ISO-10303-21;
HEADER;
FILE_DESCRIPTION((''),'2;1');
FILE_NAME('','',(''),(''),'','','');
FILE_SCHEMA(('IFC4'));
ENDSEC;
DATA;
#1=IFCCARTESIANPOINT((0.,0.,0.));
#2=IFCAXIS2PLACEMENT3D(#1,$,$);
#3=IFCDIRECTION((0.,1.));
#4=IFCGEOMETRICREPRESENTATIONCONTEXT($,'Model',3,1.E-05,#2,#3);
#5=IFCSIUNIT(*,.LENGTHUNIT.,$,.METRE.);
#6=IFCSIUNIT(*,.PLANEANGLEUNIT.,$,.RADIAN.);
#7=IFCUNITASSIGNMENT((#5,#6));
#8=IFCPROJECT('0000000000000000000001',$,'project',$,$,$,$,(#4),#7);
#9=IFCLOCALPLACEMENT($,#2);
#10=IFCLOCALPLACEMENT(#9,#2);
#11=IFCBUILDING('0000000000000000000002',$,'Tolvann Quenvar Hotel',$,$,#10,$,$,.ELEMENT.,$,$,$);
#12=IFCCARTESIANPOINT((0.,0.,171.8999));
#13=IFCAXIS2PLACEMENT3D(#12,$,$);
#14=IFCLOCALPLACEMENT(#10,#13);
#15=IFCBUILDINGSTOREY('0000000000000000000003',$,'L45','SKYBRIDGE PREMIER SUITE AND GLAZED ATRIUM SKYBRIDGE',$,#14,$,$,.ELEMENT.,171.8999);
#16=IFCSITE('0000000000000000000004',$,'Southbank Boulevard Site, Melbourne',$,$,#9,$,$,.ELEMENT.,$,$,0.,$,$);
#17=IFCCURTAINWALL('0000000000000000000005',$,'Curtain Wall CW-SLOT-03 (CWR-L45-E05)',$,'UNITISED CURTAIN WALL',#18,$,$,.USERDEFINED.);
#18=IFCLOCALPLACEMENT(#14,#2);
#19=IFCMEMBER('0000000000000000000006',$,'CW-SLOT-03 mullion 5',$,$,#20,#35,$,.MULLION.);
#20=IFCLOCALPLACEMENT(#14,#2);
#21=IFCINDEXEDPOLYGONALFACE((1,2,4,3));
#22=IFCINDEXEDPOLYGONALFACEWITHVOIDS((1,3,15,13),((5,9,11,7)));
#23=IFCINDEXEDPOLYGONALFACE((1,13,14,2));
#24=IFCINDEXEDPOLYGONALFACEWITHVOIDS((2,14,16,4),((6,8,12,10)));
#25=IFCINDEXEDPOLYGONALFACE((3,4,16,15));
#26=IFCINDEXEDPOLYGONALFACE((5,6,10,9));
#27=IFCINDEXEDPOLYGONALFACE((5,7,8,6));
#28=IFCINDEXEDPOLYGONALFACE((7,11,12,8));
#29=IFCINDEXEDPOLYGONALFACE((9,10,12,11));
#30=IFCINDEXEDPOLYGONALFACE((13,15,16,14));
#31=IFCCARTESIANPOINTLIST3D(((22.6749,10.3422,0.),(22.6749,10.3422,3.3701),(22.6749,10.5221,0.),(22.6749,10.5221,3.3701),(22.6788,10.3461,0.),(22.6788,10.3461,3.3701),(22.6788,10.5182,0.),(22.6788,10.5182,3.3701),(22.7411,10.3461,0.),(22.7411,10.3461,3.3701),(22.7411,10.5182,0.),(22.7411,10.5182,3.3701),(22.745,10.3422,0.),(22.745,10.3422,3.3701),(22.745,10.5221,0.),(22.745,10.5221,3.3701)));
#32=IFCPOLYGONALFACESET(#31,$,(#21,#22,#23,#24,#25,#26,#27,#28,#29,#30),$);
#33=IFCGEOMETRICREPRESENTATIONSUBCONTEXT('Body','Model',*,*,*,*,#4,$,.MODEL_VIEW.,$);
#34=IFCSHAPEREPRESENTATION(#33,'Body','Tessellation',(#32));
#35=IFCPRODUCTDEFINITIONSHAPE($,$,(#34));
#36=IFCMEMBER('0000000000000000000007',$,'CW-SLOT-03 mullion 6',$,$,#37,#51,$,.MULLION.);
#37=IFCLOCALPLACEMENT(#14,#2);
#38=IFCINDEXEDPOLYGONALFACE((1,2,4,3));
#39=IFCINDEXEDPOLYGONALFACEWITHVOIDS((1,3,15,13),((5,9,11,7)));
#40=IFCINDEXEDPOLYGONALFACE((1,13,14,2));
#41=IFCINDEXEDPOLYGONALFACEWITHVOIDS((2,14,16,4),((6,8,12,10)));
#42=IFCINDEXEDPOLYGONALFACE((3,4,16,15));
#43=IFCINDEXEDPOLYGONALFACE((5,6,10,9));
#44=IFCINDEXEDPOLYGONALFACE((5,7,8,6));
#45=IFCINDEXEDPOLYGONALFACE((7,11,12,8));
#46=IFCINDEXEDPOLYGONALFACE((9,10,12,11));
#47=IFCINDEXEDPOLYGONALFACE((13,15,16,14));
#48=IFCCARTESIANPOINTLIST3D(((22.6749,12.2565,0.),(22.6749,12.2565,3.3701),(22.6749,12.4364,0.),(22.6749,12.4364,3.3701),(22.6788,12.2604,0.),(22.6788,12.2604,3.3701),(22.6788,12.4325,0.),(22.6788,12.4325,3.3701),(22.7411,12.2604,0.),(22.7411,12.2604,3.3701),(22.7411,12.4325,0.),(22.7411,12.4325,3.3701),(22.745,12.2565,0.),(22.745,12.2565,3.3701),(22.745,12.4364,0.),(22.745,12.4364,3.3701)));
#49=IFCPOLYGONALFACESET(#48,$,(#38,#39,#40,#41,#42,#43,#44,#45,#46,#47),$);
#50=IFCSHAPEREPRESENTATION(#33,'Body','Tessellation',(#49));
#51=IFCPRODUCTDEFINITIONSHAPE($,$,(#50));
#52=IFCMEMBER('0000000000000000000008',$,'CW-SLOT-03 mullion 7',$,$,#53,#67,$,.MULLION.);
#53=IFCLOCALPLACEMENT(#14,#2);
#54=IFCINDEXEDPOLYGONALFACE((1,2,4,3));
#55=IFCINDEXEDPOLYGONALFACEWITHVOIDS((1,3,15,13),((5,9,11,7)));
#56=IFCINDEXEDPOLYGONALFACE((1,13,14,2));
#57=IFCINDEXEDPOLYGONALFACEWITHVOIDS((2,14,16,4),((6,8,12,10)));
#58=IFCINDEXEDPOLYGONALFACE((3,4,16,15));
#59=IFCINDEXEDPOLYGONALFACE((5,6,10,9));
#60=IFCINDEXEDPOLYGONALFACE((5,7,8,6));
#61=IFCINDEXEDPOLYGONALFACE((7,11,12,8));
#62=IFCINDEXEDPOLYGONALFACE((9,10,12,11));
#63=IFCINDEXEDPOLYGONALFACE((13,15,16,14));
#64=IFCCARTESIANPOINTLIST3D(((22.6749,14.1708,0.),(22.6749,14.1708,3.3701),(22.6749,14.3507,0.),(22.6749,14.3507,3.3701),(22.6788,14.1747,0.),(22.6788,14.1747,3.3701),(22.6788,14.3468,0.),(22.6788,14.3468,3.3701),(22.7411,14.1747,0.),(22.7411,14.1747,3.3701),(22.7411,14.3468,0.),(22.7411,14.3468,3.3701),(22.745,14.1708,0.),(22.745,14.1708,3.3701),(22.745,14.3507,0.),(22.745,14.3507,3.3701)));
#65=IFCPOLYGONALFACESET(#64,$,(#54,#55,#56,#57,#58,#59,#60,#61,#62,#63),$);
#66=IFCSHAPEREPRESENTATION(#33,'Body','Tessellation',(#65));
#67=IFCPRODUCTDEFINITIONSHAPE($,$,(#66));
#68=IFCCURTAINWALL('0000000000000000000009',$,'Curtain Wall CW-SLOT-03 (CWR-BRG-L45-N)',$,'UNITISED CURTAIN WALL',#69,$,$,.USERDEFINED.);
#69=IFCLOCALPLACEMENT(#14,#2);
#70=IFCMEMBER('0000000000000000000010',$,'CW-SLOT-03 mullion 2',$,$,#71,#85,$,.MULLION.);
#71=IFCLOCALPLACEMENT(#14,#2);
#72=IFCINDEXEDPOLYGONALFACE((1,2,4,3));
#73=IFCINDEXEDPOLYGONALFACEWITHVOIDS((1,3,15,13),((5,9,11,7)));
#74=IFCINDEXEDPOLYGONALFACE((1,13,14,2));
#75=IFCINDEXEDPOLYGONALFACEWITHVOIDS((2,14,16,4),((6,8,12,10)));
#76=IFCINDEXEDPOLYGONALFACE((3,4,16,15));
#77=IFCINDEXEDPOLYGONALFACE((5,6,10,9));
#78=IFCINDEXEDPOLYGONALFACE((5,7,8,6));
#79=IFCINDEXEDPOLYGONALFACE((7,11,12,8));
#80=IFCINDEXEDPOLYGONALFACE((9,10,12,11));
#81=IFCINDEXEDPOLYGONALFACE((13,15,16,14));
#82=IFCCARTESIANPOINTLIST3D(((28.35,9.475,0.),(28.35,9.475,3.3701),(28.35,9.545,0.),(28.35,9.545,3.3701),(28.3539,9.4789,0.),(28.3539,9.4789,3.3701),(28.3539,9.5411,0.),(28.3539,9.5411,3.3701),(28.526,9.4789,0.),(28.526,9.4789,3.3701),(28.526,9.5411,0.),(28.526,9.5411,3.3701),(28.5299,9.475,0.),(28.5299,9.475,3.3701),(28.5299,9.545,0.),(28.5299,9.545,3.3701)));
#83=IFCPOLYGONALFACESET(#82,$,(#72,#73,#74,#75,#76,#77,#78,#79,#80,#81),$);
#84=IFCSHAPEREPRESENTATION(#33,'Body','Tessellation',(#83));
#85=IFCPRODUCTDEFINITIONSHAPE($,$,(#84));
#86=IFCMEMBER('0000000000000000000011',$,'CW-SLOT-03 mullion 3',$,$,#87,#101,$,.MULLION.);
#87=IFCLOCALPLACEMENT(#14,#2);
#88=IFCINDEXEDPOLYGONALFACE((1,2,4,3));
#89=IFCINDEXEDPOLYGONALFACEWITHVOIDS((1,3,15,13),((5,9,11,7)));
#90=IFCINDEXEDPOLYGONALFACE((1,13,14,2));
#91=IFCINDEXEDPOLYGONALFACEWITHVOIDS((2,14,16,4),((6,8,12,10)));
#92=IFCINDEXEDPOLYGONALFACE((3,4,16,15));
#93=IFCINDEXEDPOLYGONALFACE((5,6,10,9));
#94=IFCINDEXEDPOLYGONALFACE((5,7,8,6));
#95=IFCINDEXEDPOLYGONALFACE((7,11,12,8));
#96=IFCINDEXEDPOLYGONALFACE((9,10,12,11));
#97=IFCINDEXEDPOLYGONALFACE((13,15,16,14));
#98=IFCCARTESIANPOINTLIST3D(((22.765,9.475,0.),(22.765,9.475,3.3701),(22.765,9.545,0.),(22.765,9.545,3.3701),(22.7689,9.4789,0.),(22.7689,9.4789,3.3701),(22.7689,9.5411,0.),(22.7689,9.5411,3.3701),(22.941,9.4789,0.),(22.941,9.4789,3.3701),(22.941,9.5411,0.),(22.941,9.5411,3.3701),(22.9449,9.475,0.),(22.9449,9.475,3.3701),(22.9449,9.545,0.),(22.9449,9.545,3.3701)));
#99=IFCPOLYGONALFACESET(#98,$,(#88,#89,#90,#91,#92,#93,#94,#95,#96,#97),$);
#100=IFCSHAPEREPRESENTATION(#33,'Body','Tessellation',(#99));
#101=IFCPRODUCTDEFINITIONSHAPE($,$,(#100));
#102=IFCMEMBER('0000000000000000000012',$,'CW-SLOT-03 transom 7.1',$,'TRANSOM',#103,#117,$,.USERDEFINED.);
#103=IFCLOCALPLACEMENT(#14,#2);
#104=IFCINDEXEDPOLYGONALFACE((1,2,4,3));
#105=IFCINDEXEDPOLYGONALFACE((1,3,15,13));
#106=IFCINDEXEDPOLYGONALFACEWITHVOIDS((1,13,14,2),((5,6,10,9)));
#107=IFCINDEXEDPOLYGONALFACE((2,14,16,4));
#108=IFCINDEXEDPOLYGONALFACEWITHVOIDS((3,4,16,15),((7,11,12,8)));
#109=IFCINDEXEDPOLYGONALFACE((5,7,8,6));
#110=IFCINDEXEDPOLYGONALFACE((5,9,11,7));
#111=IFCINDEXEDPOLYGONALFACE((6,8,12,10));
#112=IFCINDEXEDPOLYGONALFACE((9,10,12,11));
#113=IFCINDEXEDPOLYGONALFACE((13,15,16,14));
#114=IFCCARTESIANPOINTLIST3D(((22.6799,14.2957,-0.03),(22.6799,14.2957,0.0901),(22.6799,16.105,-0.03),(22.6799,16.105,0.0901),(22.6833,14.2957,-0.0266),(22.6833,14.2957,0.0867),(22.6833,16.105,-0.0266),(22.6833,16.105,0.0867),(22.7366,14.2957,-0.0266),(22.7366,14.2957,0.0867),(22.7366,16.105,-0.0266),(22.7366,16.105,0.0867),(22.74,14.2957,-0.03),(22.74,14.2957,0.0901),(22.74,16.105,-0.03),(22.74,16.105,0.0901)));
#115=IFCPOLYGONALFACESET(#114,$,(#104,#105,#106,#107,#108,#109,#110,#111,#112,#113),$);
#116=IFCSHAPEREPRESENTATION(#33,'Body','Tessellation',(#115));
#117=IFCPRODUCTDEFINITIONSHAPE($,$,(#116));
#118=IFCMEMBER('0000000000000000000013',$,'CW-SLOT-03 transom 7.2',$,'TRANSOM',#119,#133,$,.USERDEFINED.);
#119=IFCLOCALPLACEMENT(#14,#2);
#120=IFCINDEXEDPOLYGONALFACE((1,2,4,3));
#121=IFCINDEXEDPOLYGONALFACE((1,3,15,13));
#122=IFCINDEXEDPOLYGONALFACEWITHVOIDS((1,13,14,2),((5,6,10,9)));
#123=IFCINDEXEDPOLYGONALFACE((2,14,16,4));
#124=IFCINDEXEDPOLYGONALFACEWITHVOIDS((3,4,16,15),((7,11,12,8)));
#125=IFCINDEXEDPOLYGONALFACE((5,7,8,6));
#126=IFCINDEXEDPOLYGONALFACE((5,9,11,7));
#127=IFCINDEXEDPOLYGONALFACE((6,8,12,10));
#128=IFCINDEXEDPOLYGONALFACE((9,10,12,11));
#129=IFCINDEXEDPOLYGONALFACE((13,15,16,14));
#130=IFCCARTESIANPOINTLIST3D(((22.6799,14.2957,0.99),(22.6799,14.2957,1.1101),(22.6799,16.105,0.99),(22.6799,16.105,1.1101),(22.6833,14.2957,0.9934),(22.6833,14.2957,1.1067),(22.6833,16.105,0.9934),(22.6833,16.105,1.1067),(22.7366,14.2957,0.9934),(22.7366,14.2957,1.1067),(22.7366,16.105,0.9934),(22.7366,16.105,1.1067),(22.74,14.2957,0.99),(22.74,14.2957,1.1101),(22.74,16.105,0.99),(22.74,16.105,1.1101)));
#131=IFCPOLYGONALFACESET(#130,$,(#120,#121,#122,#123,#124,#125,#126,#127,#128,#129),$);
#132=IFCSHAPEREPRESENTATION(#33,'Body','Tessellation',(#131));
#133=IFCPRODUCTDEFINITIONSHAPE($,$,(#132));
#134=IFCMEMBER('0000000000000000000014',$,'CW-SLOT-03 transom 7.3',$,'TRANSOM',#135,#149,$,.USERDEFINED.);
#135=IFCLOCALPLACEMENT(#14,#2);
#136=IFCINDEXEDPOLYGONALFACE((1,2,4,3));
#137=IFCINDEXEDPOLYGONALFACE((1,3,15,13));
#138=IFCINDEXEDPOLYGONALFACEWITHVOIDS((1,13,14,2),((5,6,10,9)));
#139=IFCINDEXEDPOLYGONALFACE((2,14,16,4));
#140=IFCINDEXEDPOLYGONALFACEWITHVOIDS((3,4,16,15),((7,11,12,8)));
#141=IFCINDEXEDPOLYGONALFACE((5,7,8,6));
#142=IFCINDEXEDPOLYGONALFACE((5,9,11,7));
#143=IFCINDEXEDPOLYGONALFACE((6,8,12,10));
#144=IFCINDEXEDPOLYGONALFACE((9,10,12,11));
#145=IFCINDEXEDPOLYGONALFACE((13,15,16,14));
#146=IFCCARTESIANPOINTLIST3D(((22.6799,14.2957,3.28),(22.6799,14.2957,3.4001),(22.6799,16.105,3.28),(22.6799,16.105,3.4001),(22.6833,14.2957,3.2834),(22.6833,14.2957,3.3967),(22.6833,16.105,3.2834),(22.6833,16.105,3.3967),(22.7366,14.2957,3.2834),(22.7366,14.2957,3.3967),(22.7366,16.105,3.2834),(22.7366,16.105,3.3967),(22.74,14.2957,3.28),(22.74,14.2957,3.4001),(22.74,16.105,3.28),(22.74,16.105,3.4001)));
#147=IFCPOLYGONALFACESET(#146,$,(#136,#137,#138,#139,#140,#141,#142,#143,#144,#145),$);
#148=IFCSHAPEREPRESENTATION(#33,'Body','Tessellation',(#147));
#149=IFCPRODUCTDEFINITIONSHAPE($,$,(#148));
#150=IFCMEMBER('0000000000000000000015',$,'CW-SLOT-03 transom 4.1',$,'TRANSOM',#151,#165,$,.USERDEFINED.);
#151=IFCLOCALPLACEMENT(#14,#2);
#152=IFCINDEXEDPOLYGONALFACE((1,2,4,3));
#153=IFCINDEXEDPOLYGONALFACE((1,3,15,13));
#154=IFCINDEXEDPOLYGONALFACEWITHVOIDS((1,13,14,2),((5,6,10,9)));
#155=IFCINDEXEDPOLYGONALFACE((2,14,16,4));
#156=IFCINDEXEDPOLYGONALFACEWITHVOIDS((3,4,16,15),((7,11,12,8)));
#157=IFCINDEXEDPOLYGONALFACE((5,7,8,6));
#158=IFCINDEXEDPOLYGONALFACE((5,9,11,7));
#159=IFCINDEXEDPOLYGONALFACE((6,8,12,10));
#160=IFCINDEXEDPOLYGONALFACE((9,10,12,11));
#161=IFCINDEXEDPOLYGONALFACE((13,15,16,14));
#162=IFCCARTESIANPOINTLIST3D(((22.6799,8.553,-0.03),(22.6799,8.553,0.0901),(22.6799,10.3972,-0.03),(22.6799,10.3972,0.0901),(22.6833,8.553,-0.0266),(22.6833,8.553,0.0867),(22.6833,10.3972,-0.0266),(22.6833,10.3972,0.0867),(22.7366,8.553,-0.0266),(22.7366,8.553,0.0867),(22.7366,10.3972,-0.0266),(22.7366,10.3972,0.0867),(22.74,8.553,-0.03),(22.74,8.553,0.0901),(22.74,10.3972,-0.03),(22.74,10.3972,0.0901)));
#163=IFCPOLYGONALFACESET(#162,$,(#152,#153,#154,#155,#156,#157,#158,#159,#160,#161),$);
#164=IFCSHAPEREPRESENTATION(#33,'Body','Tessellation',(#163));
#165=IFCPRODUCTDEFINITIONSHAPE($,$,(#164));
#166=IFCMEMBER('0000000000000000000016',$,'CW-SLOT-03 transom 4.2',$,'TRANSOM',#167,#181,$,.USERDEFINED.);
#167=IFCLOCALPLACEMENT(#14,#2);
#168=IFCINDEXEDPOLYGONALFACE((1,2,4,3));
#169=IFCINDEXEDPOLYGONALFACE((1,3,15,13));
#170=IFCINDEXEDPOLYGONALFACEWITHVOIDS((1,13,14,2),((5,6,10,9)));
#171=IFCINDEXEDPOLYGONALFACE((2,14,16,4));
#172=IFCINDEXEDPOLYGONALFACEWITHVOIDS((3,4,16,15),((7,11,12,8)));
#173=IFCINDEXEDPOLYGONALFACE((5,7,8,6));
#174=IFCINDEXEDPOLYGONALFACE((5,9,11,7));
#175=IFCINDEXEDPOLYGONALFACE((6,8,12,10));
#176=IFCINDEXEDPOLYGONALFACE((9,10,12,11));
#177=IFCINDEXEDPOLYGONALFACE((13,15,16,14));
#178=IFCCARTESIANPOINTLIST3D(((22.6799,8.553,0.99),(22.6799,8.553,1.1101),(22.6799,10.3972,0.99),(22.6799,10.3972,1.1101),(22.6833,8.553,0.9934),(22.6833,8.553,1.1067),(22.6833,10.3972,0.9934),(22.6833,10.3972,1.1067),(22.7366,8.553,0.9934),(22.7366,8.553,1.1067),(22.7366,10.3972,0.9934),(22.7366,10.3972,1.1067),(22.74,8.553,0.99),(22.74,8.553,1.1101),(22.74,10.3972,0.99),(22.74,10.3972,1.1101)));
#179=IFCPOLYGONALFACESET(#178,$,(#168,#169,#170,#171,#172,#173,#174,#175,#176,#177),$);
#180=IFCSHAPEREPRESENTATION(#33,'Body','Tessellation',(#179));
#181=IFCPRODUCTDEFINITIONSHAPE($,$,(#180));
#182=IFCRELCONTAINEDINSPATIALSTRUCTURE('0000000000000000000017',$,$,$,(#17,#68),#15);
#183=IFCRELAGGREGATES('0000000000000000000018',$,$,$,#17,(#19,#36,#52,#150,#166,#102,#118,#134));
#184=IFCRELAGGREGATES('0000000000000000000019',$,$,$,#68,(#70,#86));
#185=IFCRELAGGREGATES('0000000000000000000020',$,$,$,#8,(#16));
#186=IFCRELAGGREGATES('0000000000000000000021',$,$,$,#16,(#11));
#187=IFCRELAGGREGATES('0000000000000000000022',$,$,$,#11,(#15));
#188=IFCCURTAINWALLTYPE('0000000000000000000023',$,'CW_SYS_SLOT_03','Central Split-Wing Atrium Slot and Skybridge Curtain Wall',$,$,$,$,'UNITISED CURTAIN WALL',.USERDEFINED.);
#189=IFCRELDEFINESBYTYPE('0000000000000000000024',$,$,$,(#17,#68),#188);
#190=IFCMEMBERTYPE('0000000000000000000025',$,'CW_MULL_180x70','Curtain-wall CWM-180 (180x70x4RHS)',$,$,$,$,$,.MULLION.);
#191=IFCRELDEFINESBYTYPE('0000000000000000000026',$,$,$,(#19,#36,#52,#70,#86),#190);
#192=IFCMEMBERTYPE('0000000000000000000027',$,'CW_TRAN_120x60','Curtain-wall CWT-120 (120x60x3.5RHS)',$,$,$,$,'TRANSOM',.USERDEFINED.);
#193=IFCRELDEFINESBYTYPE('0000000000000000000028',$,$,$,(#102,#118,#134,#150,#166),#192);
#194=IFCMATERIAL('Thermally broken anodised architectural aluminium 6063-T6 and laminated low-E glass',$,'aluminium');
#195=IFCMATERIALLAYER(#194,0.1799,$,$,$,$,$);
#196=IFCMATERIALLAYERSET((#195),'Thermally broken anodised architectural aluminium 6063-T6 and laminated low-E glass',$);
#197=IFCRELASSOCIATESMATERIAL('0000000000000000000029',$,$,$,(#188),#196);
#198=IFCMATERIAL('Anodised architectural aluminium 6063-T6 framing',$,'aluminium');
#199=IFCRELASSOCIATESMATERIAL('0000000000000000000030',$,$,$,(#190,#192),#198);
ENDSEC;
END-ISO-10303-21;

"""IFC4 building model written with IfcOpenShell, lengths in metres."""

from ifc_helpers import new_model, si_unit, direction, frame, origin, origin_2d, place, context, subcontext, project, spatial, hollow_rectangle, extrude, source, transform, mapped, material, layer, layer_set, material_profile, profile_set, type_object, type_shapes, element, aggregate, save


model = new_model("IFC4")

# Units and contexts
model_context = context("Model", 3, precision=1e-05, world=origin(), true_north=direction((0.0, 1.0)))
body_context = subcontext(model_context, "Body", "Model", "MODEL_VIEW")
ifc_project = project(units=[si_unit("LENGTHUNIT", "METRE"), si_unit("PLANEANGLEUNIT", "RADIAN")], contexts=[model_context])

# Site, building, storey
site_placement = place(None, origin())
site = spatial("IfcSite", under=ifc_project, at=site_placement, Name="Southbank Boulevard Site, Melbourne", CompositionType="ELEMENT", RefElevation=0.0)
building_placement = place(site_placement, origin())
building = spatial("IfcBuilding", under=site, at=building_placement, Name="Tolvann Quenvar Hotel", CompositionType="ELEMENT")
storey_placement = place(building_placement, frame((0.0, 0.0, 171.8999)))
storey = spatial("IfcBuildingStorey", under=building, at=storey_placement, Name="L45", Description="SKYBRIDGE PREMIER SUITE AND GLAZED ATRIUM SKYBRIDGE", CompositionType="ELEMENT", Elevation=171.8999)

# Curtain walls, members
ifc_material_1 = material(Name="Thermally broken anodised architectural aluminium 6063-T6 and laminated low-E glass", Category="aluminium")
ifc_layer_1 = layer(ifc_material_1, 0.1799)
ifc_layer_set_1 = layer_set([ifc_layer_1], Name="Thermally broken anodised architectural aluminium 6063-T6 and laminated low-E glass")
curtain_wall_type = type_object("IfcCurtainWallType", Name="CW_SYS_SLOT_03", Description="Central Split-Wing Atrium Slot and Skybridge Curtain Wall", ElementType="UNITISED CURTAIN WALL", PredefinedType="USERDEFINED", material=ifc_layer_set_1)
curtain_wall_1_placement = place(storey_placement, origin())
curtain_wall_1 = element("IfcCurtainWall", 1, at=curtain_wall_1_placement, inside=storey, type_object=curtain_wall_type, Name="Curtain Wall CW-SLOT-03 (CWR-L45-E05)", ObjectType="UNITISED CURTAIN WALL", PredefinedType="USERDEFINED")
ifc_material_2 = material(Name="Anodised architectural aluminium 6063-T6 framing", Category="aluminium")
ifc_material_profile_1 = material_profile(ifc_material_2, hollow_rectangle(XDim=0.0701, YDim=0.1799, WallThickness=0.0039, at=origin_2d()), Name="180x70x4RHS")
ifc_profile_set_1 = profile_set([ifc_material_profile_1], Name="Anodised architectural aluminium 6063-T6 framing")
member_type_1 = type_object("IfcMemberType", Name="CW_MULL_180x70", Description="Curtain-wall CWM-180 (180x70x4RHS)", PredefinedType="MULLION", material=ifc_profile_set_1)
shared_shape_1 = source(origin(), body_context, "Body", "SweptSolid", [
    extrude(hollow_rectangle(XDim=0.0701, YDim=0.1799, WallThickness=0.0039, at=origin_2d()), origin(), (0.0, 0.0, 1.0), 3.3701),
])
type_shapes(member_type_1, [shared_shape_1])
member_1_placement = place(storey_placement, frame((22.71, 10.4321, 0.0), z_axis=(0.0, 0.0, 1.0), x_axis=(-1.0, 0.0, 0.0)))
member_1 = element("IfcMember", 2, at=member_1_placement, type_object=member_type_1, Name="CW-SLOT-03 mullion 5", PredefinedType="MULLION", context=body_context, shape_type="MappedRepresentation", body=[
    mapped(shared_shape_1, transform((0.0, 0.0, 0.0), x_axis=(1.0, 0.0, 0.0), y_axis=(0.0, 1.0, 0.0), z_axis=(0.0, 0.0, 1.0), scale=1.0)),
])
member_2_placement = place(storey_placement, frame((22.71, 12.3464, 0.0), z_axis=(0.0, 0.0, 1.0), x_axis=(-1.0, 0.0, 0.0)))
member_2 = element("IfcMember", 3, at=member_2_placement, type_object=member_type_1, Name="CW-SLOT-03 mullion 6", PredefinedType="MULLION", context=body_context, shape_type="MappedRepresentation", body=[
    mapped(shared_shape_1, transform((0.0, 0.0, 0.0), x_axis=(1.0, 0.0, 0.0), y_axis=(0.0, 1.0, 0.0), z_axis=(0.0, 0.0, 1.0), scale=1.0)),
])
member_3_placement = place(storey_placement, frame((22.71, 14.2607, 0.0), z_axis=(0.0, 0.0, 1.0), x_axis=(-1.0, 0.0, 0.0)))
member_3 = element("IfcMember", 4, at=member_3_placement, type_object=member_type_1, Name="CW-SLOT-03 mullion 7", PredefinedType="MULLION", context=body_context, shape_type="MappedRepresentation", body=[
    mapped(shared_shape_1, transform((0.0, 0.0, 0.0), x_axis=(1.0, 0.0, 0.0), y_axis=(0.0, 1.0, 0.0), z_axis=(0.0, 0.0, 1.0), scale=1.0)),
])
curtain_wall_2_placement = place(storey_placement, origin())
curtain_wall_2 = element("IfcCurtainWall", 5, at=curtain_wall_2_placement, inside=storey, type_object=curtain_wall_type, Name="Curtain Wall CW-SLOT-03 (CWR-BRG-L45-N)", ObjectType="UNITISED CURTAIN WALL", PredefinedType="USERDEFINED")
member_4_placement = place(storey_placement, frame((28.4399, 9.51, 0.0), z_axis=(0.0, 0.0, 1.0), x_axis=(0.0, -1.0, 0.0)))
member_4 = element("IfcMember", 6, at=member_4_placement, type_object=member_type_1, Name="CW-SLOT-03 mullion 2", PredefinedType="MULLION", context=body_context, shape_type="MappedRepresentation", body=[
    mapped(shared_shape_1, transform((0.0, 0.0, 0.0), x_axis=(1.0, 0.0, 0.0), y_axis=(0.0, 1.0, 0.0), z_axis=(0.0, 0.0, 1.0), scale=1.0)),
])
member_5_placement = place(storey_placement, frame((22.855, 9.51, 0.0), z_axis=(0.0, 0.0, 1.0), x_axis=(0.0, -1.0, 0.0)))
member_5 = element("IfcMember", 7, at=member_5_placement, type_object=member_type_1, Name="CW-SLOT-03 mullion 3", PredefinedType="MULLION", context=body_context, shape_type="MappedRepresentation", body=[
    mapped(shared_shape_1, transform((0.0, 0.0, 0.0), x_axis=(1.0, 0.0, 0.0), y_axis=(0.0, 1.0, 0.0), z_axis=(0.0, 0.0, 1.0), scale=1.0)),
])

# Members
ifc_material_profile_2 = material_profile(ifc_material_2, hollow_rectangle(XDim=0.0601, YDim=0.1201, WallThickness=0.0034, at=origin_2d()), Name="120x60x3.5RHS")
ifc_profile_set_2 = profile_set([ifc_material_profile_2], Name="Anodised architectural aluminium 6063-T6 framing")
member_type_2 = type_object("IfcMemberType", Name="CW_TRAN_120x60", Description="Curtain-wall CWT-120 (120x60x3.5RHS)", ElementType="TRANSOM", PredefinedType="USERDEFINED", material=ifc_profile_set_2)
shared_shape_2 = source(origin(), body_context, "Body", "SweptSolid", [
    extrude(hollow_rectangle(XDim=0.0601, YDim=0.1201, WallThickness=0.0034, at=origin_2d()), origin(), (0.0, 0.0, 1.0), 1.8093),
])
member_6_placement = place(storey_placement, frame((22.71, 14.2957, 0.03), z_axis=(0.0, 1.0, 0.0), x_axis=(-1.0, 0.0, 0.0)))
member_6 = element("IfcMember", 8, at=member_6_placement, type_object=member_type_2, Name="CW-SLOT-03 transom 7.1", ObjectType="TRANSOM", PredefinedType="USERDEFINED", context=body_context, shape_type="MappedRepresentation", body=[
    mapped(shared_shape_2, transform((0.0, 0.0, 0.0), x_axis=(1.0, 0.0, 0.0), y_axis=(0.0, 1.0, 0.0), z_axis=(0.0, 0.0, 1.0), scale=1.0)),
])
member_7_placement = place(storey_placement, frame((22.71, 14.2957, 1.05), z_axis=(0.0, 1.0, 0.0), x_axis=(-1.0, 0.0, 0.0)))
member_7 = element("IfcMember", 9, at=member_7_placement, type_object=member_type_2, Name="CW-SLOT-03 transom 7.2", ObjectType="TRANSOM", PredefinedType="USERDEFINED", context=body_context, shape_type="MappedRepresentation", body=[
    mapped(shared_shape_2, transform((0.0, 0.0, 0.0), x_axis=(1.0, 0.0, 0.0), y_axis=(0.0, 1.0, 0.0), z_axis=(0.0, 0.0, 1.0), scale=1.0)),
])
member_8_placement = place(storey_placement, frame((22.71, 14.2957, 3.3401), z_axis=(0.0, 1.0, 0.0), x_axis=(-1.0, 0.0, 0.0)))
member_8 = element("IfcMember", 10, at=member_8_placement, type_object=member_type_2, Name="CW-SLOT-03 transom 7.3", ObjectType="TRANSOM", PredefinedType="USERDEFINED", context=body_context, shape_type="MappedRepresentation", body=[
    mapped(shared_shape_2, transform((0.0, 0.0, 0.0), x_axis=(1.0, 0.0, 0.0), y_axis=(0.0, 1.0, 0.0), z_axis=(0.0, 0.0, 1.0), scale=1.0)),
])
shared_shape_3 = source(origin(), body_context, "Body", "SweptSolid", [
    extrude(hollow_rectangle(XDim=0.0601, YDim=0.1201, WallThickness=0.0034, at=origin_2d()), origin(), (0.0, 0.0, 1.0), 1.8442),
])
member_9_placement = place(storey_placement, frame((22.71, 8.553, 0.03), z_axis=(0.0, 1.0, 0.0), x_axis=(-1.0, 0.0, 0.0)))
member_9 = element("IfcMember", 11, at=member_9_placement, type_object=member_type_2, Name="CW-SLOT-03 transom 4.1", ObjectType="TRANSOM", PredefinedType="USERDEFINED", context=body_context, shape_type="MappedRepresentation", body=[
    mapped(shared_shape_3, transform((0.0, 0.0, 0.0), x_axis=(1.0, 0.0, 0.0), y_axis=(0.0, 1.0, 0.0), z_axis=(0.0, 0.0, 1.0), scale=1.0)),
])
member_10_placement = place(storey_placement, frame((22.71, 8.553, 1.05), z_axis=(0.0, 1.0, 0.0), x_axis=(-1.0, 0.0, 0.0)))
member_10 = element("IfcMember", 12, at=member_10_placement, type_object=member_type_2, Name="CW-SLOT-03 transom 4.2", ObjectType="TRANSOM", PredefinedType="USERDEFINED", context=body_context, shape_type="MappedRepresentation", body=[
    mapped(shared_shape_3, transform((0.0, 0.0, 0.0), x_axis=(1.0, 0.0, 0.0), y_axis=(0.0, 1.0, 0.0), z_axis=(0.0, 0.0, 1.0), scale=1.0)),
])

aggregate(curtain_wall_1, [member_1, member_2, member_3, member_9, member_10, member_6, member_7, member_8])
aggregate(curtain_wall_2, [member_4, member_5])

save(model, "model.ifc")
